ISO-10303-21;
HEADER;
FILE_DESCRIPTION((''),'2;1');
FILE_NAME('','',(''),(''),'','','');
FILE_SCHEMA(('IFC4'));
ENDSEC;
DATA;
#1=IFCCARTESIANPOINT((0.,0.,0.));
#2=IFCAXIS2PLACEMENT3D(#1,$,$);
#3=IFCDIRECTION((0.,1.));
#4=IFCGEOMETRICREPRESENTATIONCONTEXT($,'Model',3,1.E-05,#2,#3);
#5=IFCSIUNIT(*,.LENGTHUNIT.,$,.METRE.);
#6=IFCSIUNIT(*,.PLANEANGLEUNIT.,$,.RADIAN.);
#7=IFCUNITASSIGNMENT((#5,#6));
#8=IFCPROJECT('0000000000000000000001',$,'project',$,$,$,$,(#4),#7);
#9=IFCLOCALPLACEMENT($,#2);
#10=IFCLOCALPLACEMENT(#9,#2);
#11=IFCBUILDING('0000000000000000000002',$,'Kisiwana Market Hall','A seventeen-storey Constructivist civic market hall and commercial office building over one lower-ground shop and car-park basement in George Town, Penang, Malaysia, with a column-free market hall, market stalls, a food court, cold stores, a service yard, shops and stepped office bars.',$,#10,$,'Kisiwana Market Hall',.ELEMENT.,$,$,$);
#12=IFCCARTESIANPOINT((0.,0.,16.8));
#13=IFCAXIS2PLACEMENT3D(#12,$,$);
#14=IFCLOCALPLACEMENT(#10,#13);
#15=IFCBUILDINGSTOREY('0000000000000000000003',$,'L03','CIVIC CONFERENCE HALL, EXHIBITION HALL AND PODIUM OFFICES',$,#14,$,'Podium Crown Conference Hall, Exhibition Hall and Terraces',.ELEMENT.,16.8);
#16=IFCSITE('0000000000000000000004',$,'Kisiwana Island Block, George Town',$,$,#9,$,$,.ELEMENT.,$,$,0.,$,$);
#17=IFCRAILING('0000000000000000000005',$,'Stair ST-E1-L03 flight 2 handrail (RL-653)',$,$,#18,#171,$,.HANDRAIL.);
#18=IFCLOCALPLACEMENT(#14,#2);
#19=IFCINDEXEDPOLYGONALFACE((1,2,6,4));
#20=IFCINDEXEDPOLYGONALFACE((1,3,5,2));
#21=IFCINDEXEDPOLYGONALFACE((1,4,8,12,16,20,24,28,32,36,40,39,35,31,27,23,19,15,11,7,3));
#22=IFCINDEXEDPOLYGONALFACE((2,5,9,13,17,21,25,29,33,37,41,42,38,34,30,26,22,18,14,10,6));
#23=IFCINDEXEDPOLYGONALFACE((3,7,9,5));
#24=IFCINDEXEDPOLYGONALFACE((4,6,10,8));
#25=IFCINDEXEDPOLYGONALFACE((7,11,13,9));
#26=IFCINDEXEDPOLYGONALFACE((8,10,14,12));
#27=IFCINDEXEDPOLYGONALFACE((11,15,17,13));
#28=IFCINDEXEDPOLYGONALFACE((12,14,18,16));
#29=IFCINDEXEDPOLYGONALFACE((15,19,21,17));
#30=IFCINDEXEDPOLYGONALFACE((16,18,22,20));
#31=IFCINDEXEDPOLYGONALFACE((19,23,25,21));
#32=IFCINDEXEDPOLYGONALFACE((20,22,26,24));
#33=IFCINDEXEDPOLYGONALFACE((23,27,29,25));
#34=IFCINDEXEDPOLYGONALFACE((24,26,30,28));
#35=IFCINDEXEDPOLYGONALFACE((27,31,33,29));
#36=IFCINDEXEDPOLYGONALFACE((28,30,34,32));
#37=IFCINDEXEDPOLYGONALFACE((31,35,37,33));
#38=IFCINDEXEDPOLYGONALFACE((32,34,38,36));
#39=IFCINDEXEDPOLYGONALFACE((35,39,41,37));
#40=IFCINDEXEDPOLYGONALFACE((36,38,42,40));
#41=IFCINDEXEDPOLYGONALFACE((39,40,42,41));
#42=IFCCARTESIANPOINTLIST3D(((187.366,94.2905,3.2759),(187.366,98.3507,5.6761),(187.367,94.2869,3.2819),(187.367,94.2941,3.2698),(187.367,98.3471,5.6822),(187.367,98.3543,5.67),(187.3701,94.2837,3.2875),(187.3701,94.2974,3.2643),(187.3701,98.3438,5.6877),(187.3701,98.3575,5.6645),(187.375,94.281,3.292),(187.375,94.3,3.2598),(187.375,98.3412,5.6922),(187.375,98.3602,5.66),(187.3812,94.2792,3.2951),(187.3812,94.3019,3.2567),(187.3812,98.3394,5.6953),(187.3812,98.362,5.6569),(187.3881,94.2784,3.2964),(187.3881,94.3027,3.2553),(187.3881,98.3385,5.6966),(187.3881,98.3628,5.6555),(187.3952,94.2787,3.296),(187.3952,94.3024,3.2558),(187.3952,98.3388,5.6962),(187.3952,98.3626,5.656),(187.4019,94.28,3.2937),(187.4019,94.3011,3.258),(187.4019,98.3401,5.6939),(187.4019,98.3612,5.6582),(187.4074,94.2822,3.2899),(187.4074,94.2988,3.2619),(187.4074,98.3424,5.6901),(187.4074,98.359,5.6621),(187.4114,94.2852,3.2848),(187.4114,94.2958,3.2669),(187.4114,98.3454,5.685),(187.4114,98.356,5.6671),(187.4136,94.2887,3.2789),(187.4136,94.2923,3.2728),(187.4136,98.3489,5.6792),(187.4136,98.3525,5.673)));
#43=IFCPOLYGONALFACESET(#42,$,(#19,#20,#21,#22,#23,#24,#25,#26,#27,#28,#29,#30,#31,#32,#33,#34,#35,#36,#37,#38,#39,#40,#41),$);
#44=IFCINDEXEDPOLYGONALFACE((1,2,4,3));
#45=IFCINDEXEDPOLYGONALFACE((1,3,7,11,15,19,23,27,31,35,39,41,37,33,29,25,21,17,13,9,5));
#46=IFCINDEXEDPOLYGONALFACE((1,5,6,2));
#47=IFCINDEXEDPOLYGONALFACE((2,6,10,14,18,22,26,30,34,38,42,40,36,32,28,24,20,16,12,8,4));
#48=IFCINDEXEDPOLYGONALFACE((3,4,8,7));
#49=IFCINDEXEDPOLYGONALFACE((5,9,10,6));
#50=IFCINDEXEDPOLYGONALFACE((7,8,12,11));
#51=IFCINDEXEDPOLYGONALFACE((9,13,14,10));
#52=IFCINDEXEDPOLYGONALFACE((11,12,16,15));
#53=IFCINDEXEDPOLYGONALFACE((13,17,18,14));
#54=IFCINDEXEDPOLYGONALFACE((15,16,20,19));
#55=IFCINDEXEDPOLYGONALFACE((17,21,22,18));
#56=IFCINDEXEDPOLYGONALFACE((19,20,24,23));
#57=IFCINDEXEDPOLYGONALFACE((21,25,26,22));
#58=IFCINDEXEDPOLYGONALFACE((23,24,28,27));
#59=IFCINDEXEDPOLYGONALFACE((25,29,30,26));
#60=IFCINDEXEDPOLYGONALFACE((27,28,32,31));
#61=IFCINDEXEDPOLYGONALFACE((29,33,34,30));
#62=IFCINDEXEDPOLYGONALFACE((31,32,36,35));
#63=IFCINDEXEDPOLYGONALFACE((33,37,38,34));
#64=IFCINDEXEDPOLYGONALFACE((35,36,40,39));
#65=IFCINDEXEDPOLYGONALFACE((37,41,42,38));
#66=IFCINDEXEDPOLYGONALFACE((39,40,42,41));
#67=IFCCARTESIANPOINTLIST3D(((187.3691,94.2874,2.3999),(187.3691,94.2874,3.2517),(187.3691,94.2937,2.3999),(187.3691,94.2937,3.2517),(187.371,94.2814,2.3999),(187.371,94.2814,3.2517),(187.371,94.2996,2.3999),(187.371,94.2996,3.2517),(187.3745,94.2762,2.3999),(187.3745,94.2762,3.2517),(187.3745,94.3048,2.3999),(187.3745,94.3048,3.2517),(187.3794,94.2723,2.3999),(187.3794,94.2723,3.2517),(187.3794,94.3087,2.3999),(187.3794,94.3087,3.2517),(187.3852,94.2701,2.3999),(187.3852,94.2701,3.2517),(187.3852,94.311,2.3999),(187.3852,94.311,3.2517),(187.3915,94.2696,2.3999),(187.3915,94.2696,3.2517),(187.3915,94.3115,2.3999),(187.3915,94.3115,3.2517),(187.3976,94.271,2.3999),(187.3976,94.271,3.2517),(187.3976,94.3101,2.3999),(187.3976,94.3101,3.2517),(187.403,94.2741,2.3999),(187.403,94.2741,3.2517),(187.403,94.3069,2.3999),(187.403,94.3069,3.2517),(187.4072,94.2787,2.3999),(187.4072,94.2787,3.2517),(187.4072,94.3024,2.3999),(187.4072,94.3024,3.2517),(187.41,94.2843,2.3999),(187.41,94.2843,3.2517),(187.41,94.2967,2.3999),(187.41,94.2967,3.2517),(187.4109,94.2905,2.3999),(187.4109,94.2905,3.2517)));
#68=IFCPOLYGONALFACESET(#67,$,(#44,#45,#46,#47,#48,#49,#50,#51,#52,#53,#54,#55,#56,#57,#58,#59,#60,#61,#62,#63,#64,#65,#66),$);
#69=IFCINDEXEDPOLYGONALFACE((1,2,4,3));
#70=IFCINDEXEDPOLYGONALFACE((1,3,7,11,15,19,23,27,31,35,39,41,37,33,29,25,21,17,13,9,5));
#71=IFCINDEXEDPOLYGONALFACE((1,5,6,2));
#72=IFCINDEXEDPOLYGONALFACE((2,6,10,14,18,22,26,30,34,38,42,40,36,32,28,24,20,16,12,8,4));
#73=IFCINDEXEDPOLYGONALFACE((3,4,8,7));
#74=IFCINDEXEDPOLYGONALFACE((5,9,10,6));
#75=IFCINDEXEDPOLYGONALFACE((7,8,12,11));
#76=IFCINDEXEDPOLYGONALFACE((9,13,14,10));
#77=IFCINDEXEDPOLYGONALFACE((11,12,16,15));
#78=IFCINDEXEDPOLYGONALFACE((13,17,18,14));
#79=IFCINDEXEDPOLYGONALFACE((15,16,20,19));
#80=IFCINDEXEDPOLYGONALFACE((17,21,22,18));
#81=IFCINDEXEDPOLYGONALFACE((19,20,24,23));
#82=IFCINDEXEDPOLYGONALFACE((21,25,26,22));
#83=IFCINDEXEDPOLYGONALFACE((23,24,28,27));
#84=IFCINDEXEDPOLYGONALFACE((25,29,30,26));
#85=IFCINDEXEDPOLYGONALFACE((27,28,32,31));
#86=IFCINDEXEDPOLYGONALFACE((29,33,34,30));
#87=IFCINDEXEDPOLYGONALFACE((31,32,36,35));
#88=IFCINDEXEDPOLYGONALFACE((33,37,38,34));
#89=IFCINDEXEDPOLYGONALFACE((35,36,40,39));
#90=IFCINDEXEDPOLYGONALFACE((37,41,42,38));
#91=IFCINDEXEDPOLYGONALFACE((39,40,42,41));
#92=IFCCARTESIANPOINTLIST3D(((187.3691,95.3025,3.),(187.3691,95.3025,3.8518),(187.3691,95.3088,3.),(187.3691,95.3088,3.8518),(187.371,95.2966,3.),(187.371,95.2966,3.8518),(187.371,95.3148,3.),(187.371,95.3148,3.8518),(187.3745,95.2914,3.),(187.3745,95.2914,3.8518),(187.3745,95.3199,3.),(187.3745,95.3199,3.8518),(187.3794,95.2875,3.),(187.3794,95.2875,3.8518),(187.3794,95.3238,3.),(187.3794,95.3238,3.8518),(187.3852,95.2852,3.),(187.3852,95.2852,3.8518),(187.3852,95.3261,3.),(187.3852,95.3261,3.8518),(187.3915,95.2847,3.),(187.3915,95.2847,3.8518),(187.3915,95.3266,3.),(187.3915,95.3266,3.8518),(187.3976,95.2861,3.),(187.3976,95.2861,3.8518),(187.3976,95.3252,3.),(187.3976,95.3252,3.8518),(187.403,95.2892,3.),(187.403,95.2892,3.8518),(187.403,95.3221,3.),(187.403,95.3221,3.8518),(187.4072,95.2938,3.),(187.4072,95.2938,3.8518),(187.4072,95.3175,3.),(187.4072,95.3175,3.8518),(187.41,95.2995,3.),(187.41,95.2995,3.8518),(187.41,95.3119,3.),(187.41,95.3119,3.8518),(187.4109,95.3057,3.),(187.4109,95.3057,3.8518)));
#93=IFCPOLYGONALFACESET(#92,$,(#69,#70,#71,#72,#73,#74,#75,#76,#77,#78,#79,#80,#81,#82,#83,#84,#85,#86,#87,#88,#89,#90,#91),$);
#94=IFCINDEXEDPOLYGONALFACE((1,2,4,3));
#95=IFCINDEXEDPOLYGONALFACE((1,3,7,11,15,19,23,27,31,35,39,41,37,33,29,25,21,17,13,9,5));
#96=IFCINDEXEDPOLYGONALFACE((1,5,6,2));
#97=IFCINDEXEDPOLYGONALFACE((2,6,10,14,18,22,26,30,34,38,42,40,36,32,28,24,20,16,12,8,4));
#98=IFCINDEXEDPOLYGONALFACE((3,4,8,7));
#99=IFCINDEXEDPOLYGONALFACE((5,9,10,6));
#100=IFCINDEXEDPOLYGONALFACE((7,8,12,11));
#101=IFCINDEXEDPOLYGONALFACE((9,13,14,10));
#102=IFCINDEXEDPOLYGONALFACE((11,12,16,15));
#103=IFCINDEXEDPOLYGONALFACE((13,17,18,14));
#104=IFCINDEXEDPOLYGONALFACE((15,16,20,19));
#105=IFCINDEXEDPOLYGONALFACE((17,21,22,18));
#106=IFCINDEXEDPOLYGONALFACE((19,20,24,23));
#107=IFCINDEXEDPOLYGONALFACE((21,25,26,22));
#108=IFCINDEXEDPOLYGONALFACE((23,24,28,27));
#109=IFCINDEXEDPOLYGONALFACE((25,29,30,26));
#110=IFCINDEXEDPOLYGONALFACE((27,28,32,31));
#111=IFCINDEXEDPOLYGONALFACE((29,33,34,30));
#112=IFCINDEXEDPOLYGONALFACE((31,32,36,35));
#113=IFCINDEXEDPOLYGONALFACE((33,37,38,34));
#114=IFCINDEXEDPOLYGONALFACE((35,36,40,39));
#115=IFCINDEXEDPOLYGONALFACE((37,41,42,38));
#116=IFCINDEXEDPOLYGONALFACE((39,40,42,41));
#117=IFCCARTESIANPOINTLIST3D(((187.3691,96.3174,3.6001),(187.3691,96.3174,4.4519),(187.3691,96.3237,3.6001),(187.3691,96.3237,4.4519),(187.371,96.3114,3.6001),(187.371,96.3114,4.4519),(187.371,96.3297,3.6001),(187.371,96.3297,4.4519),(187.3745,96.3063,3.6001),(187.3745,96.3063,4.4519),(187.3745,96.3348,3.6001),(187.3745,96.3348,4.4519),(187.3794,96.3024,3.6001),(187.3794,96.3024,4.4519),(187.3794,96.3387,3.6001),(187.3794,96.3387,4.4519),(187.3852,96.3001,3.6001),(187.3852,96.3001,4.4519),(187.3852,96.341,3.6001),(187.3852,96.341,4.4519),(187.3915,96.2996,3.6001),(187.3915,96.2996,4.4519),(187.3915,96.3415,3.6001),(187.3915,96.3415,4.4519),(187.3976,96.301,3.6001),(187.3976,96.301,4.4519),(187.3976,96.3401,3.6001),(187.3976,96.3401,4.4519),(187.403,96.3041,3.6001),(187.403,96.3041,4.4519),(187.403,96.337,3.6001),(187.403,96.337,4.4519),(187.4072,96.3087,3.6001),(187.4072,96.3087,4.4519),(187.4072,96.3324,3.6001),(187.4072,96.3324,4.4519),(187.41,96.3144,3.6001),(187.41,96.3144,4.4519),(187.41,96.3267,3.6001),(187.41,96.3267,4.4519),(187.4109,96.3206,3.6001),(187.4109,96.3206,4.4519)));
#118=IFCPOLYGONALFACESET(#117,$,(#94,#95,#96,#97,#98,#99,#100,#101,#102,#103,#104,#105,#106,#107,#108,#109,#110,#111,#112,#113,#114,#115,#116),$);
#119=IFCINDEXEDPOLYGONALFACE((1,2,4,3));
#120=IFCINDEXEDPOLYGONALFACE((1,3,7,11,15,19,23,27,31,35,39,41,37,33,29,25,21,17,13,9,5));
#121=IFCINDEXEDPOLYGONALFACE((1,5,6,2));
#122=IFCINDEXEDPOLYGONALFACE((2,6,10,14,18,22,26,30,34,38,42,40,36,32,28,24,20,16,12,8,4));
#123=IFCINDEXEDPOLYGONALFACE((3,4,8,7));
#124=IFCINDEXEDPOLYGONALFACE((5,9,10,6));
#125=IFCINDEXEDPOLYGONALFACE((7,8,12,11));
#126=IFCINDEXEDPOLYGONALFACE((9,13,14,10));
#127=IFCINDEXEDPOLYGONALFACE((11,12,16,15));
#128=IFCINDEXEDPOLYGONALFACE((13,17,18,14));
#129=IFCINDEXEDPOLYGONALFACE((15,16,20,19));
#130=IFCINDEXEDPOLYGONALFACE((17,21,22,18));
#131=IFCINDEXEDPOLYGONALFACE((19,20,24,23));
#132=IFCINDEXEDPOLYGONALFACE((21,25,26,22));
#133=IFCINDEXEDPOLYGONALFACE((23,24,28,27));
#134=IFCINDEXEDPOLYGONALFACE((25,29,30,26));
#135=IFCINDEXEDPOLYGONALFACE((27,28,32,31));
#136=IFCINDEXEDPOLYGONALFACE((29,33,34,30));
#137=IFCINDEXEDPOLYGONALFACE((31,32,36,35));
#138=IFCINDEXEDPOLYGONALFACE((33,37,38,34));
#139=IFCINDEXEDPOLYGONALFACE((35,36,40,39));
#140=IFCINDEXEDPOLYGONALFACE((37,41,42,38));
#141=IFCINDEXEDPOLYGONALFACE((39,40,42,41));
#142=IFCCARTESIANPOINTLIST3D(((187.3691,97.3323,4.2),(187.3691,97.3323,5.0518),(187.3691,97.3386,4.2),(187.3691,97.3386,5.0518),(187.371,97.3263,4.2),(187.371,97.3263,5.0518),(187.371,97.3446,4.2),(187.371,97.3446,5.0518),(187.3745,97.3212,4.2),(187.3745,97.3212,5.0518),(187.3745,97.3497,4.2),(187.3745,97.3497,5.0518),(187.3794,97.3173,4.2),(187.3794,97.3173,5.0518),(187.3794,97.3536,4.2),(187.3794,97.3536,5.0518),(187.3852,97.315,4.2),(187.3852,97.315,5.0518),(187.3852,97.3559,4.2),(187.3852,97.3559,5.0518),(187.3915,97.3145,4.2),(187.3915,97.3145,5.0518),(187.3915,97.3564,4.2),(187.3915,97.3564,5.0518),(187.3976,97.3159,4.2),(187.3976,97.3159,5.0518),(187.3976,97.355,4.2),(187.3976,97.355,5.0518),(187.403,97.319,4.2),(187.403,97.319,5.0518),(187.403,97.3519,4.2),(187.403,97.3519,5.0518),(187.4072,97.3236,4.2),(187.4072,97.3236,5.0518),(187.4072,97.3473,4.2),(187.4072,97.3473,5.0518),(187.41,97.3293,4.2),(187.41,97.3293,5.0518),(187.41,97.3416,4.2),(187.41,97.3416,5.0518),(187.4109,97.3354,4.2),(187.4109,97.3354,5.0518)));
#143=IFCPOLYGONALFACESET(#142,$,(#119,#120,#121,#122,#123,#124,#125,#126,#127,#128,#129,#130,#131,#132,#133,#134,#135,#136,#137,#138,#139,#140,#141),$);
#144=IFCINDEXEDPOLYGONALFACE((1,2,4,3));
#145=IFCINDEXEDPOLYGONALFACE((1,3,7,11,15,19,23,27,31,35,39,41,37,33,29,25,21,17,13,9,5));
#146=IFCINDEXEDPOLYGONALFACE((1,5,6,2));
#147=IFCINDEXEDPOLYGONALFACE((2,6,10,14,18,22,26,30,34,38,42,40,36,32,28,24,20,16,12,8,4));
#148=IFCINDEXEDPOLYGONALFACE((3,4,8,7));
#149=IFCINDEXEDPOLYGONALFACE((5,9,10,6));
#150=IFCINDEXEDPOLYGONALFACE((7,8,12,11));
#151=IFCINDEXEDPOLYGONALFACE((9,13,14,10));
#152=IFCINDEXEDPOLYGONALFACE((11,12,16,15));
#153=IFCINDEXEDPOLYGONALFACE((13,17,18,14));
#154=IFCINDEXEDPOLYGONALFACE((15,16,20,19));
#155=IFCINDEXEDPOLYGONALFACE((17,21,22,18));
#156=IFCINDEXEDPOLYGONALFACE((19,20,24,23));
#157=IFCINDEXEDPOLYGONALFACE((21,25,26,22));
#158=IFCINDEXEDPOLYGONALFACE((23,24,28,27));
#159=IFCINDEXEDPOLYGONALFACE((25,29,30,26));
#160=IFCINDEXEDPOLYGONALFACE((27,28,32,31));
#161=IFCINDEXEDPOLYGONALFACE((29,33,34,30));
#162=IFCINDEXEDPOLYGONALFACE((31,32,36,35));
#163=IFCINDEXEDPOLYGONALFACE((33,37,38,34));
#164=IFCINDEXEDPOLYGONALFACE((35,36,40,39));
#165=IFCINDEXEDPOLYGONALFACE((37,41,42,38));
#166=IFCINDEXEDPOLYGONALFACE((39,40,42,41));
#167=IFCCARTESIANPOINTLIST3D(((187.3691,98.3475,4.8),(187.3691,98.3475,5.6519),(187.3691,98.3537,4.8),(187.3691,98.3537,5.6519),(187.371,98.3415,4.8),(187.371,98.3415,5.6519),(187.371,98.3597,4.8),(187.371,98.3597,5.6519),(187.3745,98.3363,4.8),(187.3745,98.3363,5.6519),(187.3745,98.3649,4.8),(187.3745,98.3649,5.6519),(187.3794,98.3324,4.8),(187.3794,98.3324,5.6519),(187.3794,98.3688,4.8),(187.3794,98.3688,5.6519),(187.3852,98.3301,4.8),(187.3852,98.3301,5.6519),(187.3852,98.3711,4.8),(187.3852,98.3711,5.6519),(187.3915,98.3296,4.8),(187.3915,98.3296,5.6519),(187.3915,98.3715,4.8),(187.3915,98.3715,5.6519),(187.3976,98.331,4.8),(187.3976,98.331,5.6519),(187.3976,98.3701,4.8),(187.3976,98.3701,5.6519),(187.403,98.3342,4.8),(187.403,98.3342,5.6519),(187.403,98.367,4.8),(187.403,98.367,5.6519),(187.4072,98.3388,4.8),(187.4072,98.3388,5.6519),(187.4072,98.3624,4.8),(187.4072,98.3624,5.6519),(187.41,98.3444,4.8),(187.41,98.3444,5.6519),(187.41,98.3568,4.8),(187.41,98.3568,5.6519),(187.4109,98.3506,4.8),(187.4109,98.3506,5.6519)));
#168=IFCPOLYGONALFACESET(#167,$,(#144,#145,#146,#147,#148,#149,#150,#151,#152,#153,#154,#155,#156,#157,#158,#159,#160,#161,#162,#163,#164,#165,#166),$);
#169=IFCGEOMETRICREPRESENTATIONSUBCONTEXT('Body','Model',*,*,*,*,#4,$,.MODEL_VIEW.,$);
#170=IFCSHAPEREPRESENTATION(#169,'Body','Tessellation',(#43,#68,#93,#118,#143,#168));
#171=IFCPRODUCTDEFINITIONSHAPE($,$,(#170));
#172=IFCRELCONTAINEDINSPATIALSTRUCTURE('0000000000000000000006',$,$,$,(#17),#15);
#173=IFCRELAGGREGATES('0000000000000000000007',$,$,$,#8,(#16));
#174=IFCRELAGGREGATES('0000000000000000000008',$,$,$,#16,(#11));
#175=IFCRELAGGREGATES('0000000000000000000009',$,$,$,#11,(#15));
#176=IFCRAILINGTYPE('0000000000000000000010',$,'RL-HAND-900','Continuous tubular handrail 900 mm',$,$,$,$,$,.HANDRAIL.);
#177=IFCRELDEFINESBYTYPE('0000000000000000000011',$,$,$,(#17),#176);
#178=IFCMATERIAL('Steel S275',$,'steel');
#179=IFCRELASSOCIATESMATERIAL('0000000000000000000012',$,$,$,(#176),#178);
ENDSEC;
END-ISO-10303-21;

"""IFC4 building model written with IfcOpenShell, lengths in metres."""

from ifc_helpers import new_model, si_unit, direction, frame, origin, origin_2d, place, context, subcontext, project, spatial, circle, extrude, material, type_object, element, save


model = new_model("IFC4")

# Units and contexts
model_context = context("Model", 3, precision=1e-05, world=origin(), true_north=direction((0.0, 1.0)))
body_context = subcontext(model_context, "Body", "Model", "MODEL_VIEW")
ifc_project = project(units=[si_unit("LENGTHUNIT", "METRE"), si_unit("PLANEANGLEUNIT", "RADIAN")], contexts=[model_context])

# Site, building, storey
site_placement = place(None, origin())
site = spatial("IfcSite", under=ifc_project, at=site_placement, Name="Kisiwana Island Block, George Town", CompositionType="ELEMENT", RefElevation=0.0)
building_placement = place(site_placement, origin())
building = spatial("IfcBuilding", under=site, at=building_placement, Name="Kisiwana Market Hall", Description="A seventeen-storey Constructivist civic market hall and commercial office building over one lower-ground shop and car-park basement in George Town, Penang, Malaysia, with a column-free market hall, market stalls, a food court, cold stores, a service yard, shops and stepped office bars.", LongName="Kisiwana Market Hall", CompositionType="ELEMENT")
storey_placement = place(building_placement, frame((0.0, 0.0, 16.8)))
storey = spatial("IfcBuildingStorey", under=building, at=storey_placement, Name="L03", Description="CIVIC CONFERENCE HALL, EXHIBITION HALL AND PODIUM OFFICES", LongName="Podium Crown Conference Hall, Exhibition Hall and Terraces", CompositionType="ELEMENT", Elevation=16.8)

# Railing
ifc_material_1 = material(Name="Steel S275", Category="steel")
railing_type_1 = type_object("IfcRailingType", Name="RL-HAND-900", Description="Continuous tubular handrail 900 mm", PredefinedType="HANDRAIL", material=ifc_material_1)
railing_1_placement = place(storey_placement, frame((187.3899, 94.2905, 2.3999)))
element("IfcRailing", 1, at=railing_1_placement, inside=storey, type_object=railing_type_1, Name="Stair ST-E1-L03 flight 2 handrail (RL-653)", PredefinedType="HANDRAIL", context=body_context, shape_type="SweptSolid", body=[
    extrude(circle(Radius=0.0239, at=origin_2d()), frame((0.0, 0.0, 0.876), z_axis=(0.0, 0.860832, 0.50889), x_axis=(-1.0, 0.0, 0.0)), (0.0, 0.0, 1.0), 4.7166),
    extrude(circle(Radius=0.021, at=origin_2d()), origin(), (0.0, 0.0, 1.0), 0.8518),
    extrude(circle(Radius=0.021, at=origin_2d()), frame((0.0, 1.0151, 0.6001)), (0.0, 0.0, 1.0), 0.8518),
    extrude(circle(Radius=0.021, at=origin_2d()), frame((0.0, 2.03, 1.2002)), (0.0, 0.0, 1.0), 0.8518),
    extrude(circle(Radius=0.021, at=origin_2d()), frame((0.0, 3.0449, 1.8)), (0.0, 0.0, 1.0), 0.8518),
    extrude(circle(Radius=0.021, at=origin_2d()), frame((0.0, 4.0601, 2.4001)), (0.0, 0.0, 1.0), 0.8518),
])

save(model, "model.ifc")
